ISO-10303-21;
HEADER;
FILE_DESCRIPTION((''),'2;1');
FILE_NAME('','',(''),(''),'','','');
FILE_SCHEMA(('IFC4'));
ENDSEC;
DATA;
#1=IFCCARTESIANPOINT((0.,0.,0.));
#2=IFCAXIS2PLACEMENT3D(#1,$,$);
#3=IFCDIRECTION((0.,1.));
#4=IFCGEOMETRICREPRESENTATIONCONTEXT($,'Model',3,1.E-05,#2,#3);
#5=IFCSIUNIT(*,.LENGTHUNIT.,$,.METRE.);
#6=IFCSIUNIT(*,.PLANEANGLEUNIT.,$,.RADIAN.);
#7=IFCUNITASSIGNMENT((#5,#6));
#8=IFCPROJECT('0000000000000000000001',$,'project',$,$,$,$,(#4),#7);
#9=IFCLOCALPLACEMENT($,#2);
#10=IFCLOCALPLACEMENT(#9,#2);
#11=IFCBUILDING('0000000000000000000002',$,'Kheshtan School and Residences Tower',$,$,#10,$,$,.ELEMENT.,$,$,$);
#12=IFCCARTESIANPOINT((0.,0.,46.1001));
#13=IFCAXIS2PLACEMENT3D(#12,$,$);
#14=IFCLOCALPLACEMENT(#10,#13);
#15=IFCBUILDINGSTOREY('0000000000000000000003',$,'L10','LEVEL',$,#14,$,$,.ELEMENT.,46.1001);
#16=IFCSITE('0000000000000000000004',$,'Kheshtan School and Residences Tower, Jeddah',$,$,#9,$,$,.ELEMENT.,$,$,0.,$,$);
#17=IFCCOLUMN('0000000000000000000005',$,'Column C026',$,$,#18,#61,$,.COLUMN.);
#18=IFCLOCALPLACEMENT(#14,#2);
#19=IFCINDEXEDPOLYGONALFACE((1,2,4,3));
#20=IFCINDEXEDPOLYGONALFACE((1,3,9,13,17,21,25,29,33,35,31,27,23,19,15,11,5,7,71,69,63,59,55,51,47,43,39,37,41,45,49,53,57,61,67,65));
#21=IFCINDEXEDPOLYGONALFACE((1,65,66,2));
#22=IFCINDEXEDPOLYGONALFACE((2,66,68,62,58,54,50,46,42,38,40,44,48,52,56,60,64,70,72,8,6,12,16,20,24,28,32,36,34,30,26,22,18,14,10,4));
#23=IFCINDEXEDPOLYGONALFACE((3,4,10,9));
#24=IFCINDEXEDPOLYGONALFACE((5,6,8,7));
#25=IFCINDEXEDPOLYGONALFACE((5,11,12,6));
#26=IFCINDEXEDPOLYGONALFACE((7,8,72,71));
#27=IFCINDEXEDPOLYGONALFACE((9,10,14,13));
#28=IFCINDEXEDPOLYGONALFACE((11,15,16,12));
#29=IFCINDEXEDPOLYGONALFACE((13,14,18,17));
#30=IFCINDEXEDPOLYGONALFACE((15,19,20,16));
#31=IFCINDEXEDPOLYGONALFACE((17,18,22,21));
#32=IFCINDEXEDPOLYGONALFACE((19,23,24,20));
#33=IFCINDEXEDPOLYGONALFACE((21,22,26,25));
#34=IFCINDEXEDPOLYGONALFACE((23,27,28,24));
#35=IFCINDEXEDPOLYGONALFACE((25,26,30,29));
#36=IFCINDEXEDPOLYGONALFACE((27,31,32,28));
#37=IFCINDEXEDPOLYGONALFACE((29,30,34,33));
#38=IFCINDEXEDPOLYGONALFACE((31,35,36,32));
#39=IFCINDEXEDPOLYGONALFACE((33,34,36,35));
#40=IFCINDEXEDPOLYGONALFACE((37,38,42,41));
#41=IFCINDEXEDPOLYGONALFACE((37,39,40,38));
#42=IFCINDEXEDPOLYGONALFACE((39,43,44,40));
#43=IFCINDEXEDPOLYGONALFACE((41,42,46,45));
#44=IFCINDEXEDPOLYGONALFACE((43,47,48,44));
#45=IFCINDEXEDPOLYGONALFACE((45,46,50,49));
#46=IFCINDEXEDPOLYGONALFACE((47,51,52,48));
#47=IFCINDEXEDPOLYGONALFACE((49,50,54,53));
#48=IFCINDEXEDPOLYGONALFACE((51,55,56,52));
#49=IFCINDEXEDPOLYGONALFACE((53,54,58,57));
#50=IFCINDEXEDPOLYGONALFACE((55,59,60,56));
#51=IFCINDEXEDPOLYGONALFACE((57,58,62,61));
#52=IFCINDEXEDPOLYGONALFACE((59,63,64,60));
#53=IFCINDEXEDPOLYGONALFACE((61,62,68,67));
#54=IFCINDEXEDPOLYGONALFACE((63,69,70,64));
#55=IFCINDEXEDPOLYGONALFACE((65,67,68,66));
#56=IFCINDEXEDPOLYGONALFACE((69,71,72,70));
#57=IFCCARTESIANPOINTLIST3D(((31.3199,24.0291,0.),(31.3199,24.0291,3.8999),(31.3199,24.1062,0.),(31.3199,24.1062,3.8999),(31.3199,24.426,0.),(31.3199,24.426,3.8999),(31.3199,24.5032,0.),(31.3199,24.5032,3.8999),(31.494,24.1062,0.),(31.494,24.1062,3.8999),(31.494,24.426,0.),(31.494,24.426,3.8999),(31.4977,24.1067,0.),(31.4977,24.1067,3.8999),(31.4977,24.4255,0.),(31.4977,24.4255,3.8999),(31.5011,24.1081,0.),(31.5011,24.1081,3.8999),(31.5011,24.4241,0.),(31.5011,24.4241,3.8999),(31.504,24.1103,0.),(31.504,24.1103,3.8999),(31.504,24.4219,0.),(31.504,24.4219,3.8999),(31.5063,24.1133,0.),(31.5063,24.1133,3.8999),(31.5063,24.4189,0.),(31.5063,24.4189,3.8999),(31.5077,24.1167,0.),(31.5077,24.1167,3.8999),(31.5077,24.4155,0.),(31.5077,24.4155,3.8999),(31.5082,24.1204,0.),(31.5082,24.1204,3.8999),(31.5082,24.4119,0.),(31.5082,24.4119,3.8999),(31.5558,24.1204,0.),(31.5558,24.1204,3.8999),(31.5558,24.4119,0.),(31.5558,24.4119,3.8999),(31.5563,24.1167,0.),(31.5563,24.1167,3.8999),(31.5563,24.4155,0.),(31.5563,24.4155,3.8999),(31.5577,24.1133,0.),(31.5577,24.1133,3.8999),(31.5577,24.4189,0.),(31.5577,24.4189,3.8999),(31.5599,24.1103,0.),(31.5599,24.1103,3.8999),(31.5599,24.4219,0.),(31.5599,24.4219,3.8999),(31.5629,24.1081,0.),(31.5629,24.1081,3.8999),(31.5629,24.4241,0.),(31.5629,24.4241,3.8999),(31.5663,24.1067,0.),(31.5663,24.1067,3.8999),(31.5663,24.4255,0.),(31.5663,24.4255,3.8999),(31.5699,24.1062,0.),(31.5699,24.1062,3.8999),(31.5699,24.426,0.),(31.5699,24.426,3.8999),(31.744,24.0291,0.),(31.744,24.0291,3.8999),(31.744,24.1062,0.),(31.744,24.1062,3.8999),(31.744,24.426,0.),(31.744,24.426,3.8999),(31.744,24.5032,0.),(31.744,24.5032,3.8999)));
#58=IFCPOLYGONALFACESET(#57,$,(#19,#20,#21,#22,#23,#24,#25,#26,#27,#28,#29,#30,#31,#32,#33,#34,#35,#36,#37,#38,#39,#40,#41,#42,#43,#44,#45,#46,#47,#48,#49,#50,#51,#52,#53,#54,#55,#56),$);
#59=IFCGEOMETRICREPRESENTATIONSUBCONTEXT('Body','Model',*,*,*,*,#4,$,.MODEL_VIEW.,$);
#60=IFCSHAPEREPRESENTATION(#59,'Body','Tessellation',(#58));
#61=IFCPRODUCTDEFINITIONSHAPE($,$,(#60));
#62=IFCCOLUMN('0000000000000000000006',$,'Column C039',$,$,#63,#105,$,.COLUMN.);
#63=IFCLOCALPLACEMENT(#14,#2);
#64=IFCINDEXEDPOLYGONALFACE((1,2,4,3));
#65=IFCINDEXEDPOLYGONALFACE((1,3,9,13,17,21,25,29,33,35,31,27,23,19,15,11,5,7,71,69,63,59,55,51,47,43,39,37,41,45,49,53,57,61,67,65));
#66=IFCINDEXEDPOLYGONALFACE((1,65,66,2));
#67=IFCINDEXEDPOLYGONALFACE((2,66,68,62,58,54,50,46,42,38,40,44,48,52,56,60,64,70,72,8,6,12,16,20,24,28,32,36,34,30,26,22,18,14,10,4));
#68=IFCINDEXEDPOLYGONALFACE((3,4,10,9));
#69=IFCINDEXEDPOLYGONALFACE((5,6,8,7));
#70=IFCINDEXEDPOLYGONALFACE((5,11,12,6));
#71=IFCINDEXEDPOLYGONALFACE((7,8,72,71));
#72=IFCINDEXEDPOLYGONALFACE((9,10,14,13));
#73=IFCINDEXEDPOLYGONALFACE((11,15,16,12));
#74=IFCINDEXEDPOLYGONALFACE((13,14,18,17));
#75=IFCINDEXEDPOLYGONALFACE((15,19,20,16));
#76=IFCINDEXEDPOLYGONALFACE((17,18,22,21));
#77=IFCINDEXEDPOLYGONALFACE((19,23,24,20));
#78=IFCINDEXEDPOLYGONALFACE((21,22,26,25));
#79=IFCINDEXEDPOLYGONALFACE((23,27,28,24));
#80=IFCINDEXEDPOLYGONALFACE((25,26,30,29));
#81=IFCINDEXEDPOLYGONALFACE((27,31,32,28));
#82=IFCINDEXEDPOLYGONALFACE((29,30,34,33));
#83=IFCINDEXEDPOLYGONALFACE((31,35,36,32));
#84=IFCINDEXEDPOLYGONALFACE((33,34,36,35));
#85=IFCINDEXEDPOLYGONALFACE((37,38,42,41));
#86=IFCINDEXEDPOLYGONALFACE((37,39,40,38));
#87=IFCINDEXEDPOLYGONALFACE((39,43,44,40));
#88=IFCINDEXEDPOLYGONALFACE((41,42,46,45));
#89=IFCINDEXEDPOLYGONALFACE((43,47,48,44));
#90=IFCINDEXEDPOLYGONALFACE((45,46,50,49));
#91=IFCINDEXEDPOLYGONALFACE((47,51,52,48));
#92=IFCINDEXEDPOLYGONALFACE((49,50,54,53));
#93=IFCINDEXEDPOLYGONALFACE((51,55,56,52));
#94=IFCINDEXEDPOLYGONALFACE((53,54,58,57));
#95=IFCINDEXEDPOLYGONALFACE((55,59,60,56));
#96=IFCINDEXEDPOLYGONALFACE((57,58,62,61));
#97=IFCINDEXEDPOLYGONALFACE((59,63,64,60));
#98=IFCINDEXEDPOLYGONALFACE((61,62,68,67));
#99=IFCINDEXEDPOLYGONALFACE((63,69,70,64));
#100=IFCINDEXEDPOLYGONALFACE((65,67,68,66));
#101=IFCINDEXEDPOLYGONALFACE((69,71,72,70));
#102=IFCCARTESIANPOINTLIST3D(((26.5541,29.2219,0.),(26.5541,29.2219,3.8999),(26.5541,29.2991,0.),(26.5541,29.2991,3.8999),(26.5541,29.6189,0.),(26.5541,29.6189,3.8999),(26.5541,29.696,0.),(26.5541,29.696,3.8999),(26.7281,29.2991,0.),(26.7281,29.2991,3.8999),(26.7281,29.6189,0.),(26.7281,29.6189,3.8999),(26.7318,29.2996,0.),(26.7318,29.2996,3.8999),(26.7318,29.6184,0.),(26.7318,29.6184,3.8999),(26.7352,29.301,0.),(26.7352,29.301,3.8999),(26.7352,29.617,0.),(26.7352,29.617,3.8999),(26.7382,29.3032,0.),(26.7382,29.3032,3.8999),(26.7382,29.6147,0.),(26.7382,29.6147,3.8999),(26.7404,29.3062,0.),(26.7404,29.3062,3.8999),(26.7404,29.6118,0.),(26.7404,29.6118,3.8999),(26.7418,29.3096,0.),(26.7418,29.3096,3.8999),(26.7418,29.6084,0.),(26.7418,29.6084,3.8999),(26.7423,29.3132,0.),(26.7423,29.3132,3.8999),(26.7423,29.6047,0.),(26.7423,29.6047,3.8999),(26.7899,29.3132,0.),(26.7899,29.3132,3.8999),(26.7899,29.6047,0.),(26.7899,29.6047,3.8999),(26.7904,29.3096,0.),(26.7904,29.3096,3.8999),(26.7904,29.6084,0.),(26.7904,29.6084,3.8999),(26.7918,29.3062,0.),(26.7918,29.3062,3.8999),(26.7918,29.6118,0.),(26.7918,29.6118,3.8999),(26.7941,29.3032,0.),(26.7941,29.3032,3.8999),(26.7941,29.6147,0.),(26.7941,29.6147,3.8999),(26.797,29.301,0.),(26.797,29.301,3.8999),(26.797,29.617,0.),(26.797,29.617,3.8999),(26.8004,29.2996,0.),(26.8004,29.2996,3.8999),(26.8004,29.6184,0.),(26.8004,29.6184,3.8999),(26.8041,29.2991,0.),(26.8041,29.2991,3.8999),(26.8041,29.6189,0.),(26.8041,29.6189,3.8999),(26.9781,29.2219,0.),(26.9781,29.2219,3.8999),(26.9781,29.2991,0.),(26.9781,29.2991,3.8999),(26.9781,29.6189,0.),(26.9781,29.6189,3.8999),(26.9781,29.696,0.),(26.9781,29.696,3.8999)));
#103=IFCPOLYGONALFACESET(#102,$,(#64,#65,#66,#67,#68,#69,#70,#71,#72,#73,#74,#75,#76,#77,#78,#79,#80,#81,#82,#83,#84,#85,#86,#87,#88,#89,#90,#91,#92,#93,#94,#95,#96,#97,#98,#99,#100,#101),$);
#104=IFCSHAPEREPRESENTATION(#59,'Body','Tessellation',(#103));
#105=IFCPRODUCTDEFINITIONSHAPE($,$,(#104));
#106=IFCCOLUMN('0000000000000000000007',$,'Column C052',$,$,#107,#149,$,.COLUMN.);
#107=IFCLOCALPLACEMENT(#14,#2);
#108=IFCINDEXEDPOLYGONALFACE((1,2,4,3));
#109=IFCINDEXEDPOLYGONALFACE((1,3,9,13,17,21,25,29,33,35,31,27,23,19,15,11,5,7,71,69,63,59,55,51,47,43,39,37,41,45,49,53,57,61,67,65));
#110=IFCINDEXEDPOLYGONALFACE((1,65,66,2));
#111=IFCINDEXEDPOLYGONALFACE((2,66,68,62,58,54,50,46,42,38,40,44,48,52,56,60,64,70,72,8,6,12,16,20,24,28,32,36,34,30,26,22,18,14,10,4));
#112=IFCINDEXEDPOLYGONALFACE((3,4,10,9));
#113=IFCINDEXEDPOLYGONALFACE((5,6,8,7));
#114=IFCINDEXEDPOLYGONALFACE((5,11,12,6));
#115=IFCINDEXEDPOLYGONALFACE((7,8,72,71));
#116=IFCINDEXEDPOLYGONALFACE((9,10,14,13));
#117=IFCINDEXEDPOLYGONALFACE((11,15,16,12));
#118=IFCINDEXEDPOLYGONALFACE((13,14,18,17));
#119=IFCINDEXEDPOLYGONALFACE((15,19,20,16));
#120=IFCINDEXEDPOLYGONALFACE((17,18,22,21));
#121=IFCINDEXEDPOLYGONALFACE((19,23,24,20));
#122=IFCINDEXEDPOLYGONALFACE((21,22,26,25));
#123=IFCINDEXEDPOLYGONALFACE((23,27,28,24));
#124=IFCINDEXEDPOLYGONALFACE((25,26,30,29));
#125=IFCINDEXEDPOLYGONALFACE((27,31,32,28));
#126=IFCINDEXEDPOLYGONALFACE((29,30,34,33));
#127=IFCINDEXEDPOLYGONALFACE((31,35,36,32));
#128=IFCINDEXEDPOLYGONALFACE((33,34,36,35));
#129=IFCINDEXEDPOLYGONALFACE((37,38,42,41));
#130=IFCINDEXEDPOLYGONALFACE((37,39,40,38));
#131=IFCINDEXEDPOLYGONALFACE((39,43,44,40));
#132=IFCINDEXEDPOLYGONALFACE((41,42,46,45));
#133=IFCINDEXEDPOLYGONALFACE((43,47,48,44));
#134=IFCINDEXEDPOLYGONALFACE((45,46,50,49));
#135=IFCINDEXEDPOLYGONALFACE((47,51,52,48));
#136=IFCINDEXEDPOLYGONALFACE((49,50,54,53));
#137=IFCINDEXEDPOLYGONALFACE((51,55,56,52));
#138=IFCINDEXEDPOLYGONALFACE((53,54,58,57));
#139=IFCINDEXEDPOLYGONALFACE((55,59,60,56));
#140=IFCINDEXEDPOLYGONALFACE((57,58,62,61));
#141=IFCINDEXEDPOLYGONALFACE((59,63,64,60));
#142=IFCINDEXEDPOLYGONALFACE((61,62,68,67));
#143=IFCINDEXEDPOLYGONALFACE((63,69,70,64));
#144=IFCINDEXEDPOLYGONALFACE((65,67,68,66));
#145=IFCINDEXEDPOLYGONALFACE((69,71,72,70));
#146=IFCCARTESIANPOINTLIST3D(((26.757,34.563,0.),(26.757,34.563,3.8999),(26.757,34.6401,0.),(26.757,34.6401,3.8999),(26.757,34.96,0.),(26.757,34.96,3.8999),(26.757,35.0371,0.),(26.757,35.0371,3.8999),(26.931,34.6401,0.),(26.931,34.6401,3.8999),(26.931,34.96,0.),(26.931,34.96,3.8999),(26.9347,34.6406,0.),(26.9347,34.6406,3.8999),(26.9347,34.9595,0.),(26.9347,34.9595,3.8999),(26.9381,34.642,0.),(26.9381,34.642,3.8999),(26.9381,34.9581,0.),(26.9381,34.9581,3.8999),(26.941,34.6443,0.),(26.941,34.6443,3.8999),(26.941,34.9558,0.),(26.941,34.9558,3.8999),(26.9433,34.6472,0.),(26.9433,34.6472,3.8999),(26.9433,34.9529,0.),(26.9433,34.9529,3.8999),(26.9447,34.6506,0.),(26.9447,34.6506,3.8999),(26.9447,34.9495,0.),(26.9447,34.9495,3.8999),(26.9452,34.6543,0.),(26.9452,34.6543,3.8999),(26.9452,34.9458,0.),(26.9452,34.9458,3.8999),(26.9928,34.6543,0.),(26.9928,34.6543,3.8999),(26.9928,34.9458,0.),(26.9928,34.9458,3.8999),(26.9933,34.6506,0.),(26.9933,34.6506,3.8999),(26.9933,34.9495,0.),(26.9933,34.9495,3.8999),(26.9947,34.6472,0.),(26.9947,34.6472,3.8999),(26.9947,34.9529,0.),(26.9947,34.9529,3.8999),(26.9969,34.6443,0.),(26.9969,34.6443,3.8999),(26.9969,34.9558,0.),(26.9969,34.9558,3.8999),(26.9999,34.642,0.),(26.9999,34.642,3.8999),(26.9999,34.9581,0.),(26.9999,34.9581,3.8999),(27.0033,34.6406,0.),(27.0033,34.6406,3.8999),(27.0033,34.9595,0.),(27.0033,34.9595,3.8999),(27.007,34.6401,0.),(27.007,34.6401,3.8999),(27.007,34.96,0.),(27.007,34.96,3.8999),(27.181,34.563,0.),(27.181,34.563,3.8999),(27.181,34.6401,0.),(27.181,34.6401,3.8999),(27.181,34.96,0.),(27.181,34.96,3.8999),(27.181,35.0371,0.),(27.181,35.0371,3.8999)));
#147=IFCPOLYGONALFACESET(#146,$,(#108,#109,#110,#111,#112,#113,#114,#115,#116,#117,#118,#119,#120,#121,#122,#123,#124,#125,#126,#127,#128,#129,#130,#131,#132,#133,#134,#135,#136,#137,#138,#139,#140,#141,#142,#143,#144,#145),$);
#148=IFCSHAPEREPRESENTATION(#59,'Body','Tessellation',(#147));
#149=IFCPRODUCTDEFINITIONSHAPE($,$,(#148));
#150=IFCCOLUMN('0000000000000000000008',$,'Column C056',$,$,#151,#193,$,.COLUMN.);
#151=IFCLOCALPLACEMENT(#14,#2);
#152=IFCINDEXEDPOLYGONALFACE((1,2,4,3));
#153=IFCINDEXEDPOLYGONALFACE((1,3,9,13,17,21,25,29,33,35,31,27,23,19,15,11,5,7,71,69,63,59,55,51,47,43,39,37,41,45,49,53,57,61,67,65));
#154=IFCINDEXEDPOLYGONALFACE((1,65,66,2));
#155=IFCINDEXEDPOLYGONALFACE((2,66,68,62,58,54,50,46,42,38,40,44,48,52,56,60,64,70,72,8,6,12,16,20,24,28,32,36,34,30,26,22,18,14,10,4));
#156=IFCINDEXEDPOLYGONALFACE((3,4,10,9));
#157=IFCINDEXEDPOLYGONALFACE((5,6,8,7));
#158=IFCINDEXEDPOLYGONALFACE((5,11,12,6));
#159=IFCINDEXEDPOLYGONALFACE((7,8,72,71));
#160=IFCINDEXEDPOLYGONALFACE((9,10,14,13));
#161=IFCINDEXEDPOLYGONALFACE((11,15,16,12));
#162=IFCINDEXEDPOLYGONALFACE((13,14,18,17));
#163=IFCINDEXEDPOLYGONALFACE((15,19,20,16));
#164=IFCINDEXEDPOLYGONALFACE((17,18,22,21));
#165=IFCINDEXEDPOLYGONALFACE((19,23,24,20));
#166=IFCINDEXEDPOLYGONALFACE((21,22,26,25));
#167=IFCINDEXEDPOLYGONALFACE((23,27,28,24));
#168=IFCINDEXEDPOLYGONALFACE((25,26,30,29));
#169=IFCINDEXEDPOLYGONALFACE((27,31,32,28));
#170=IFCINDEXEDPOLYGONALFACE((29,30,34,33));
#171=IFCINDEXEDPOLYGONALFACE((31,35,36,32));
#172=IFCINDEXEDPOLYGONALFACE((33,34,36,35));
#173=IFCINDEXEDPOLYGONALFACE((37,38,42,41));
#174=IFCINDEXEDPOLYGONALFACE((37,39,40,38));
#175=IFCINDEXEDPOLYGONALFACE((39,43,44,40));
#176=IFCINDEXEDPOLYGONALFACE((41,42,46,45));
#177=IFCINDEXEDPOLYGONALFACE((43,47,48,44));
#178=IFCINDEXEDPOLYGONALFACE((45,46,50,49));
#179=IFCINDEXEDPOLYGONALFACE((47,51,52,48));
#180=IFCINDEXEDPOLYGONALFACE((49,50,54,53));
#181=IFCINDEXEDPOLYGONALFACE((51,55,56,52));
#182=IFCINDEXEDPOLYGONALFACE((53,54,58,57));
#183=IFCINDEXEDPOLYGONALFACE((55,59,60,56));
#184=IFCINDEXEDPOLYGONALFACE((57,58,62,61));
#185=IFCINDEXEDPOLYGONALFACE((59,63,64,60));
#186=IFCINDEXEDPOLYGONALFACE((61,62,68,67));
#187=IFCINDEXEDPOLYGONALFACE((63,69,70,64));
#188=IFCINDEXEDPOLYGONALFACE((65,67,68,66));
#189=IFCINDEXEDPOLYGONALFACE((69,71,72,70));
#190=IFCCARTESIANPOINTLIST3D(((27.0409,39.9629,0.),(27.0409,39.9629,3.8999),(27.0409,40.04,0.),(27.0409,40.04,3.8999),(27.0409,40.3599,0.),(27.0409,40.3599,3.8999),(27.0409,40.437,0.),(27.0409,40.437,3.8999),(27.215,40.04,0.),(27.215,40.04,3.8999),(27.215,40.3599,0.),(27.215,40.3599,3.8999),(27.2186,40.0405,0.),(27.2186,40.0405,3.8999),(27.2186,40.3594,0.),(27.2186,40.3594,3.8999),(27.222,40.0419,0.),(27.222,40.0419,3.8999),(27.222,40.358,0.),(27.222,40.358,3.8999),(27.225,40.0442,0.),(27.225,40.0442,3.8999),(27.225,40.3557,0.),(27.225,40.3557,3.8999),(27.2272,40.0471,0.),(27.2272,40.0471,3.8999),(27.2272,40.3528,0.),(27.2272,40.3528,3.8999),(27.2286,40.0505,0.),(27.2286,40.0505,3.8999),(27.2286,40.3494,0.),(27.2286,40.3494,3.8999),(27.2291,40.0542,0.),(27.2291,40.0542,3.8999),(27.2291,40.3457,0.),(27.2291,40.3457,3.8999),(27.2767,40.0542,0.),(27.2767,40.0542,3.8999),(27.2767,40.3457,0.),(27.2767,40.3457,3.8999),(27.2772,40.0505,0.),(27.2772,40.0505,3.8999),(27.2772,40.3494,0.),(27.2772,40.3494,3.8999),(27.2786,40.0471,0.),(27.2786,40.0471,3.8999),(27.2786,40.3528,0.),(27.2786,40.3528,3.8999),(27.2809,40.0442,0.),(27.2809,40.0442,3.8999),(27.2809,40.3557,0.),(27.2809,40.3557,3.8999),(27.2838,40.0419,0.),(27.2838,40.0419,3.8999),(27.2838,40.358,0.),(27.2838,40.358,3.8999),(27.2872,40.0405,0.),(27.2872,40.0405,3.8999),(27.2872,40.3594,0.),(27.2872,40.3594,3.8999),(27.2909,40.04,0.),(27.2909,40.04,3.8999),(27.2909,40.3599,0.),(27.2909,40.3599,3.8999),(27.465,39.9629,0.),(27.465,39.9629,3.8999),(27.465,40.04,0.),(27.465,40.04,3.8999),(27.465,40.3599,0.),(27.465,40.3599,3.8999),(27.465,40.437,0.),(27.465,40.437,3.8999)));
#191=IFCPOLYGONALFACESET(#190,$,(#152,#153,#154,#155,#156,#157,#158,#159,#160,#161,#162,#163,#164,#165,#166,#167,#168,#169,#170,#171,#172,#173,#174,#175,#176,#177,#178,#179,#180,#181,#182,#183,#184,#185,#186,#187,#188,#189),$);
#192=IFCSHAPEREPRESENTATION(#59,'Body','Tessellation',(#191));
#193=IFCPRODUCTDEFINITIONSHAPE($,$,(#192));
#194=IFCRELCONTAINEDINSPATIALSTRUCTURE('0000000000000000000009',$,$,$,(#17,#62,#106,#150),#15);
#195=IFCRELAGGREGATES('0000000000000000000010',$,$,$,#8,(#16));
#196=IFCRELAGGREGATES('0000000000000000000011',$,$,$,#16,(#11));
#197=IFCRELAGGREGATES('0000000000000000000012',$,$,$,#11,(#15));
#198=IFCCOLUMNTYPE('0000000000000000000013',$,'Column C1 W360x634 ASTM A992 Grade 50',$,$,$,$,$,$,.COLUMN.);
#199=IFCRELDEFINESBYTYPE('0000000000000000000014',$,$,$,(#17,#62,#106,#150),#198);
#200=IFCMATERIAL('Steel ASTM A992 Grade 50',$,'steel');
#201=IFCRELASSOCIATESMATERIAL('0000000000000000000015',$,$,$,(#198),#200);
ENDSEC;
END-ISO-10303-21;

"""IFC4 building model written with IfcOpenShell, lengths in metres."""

from ifc_helpers import new_model, si_unit, direction, frame, origin, origin_2d, place, context, subcontext, project, spatial, i_section, extrude, material, material_profile, profile_set, type_object, element, save


model = new_model("IFC4")

# Units and contexts
model_context = context("Model", 3, precision=1e-05, world=origin(), true_north=direction((0.0, 1.0)))
body_context = subcontext(model_context, "Body", "Model", "MODEL_VIEW")
ifc_project = project(units=[si_unit("LENGTHUNIT", "METRE"), si_unit("PLANEANGLEUNIT", "RADIAN")], contexts=[model_context])

# Site, building, storey
site_placement = place(None, origin())
site = spatial("IfcSite", under=ifc_project, at=site_placement, Name="Kheshtan School and Residences Tower, Jeddah", CompositionType="ELEMENT", RefElevation=0.0)
building_placement = place(site_placement, origin())
building = spatial("IfcBuilding", under=site, at=building_placement, Name="Kheshtan School and Residences Tower", CompositionType="ELEMENT")
storey_placement = place(building_placement, frame((0.0, 0.0, 46.1001)))
storey = spatial("IfcBuildingStorey", under=building, at=storey_placement, Name="L10", Description="LEVEL", CompositionType="ELEMENT", Elevation=46.1001)

# Columns
ifc_material_1 = material(Name="Steel ASTM A992 Grade 50", Category="steel")
ifc_material_profile_1 = material_profile(ifc_material_1, i_section(OverallWidth=0.4241, OverallDepth=0.4741, WebThickness=0.0476, FlangeThickness=0.0771, FilletRadius=0.0142, at=origin_2d()), Name="W360x634")
ifc_profile_set_1 = profile_set([ifc_material_profile_1], Name="Steel ASTM A992 Grade 50")
column_type = type_object("IfcColumnType", Name="Column C1 W360x634 ASTM A992 Grade 50", PredefinedType="COLUMN", material=ifc_profile_set_1)
for number, where, z_axis, x_axis, name in (
    (1, (31.532, 24.2661, 0.0), (0.0, 0.0, 1.0), (1.0, 0.0, 0.0), "Column C026"),
    (2, (26.7661, 29.459, 0.0), (0.0, 0.0, 1.0), (1.0, 0.0, 0.0), "Column C039"),
    (3, (26.969, 34.8, 0.0), (0.0, 0.0, 1.0), (1.0, 0.0, 0.0), "Column C052"),
    (4, (27.2529, 40.2, 0.0), (0.0, 0.0, 1.0), (1.0, 0.0, 0.0), "Column C056"),
):
    element("IfcColumn", number, at=place(storey_placement, frame(where, z_axis=z_axis, x_axis=x_axis)), inside=storey, type_object=column_type, Name=name, PredefinedType="COLUMN", context=body_context, shape_type="SweptSolid", body=[
        extrude(i_section(OverallWidth=0.4241, OverallDepth=0.4741, WebThickness=0.0476, FlangeThickness=0.0771, FilletRadius=0.0142, at=origin_2d()), origin(), (0.0, 0.0, 1.0), 3.8999),
    ])

save(model, "model.ifc")
